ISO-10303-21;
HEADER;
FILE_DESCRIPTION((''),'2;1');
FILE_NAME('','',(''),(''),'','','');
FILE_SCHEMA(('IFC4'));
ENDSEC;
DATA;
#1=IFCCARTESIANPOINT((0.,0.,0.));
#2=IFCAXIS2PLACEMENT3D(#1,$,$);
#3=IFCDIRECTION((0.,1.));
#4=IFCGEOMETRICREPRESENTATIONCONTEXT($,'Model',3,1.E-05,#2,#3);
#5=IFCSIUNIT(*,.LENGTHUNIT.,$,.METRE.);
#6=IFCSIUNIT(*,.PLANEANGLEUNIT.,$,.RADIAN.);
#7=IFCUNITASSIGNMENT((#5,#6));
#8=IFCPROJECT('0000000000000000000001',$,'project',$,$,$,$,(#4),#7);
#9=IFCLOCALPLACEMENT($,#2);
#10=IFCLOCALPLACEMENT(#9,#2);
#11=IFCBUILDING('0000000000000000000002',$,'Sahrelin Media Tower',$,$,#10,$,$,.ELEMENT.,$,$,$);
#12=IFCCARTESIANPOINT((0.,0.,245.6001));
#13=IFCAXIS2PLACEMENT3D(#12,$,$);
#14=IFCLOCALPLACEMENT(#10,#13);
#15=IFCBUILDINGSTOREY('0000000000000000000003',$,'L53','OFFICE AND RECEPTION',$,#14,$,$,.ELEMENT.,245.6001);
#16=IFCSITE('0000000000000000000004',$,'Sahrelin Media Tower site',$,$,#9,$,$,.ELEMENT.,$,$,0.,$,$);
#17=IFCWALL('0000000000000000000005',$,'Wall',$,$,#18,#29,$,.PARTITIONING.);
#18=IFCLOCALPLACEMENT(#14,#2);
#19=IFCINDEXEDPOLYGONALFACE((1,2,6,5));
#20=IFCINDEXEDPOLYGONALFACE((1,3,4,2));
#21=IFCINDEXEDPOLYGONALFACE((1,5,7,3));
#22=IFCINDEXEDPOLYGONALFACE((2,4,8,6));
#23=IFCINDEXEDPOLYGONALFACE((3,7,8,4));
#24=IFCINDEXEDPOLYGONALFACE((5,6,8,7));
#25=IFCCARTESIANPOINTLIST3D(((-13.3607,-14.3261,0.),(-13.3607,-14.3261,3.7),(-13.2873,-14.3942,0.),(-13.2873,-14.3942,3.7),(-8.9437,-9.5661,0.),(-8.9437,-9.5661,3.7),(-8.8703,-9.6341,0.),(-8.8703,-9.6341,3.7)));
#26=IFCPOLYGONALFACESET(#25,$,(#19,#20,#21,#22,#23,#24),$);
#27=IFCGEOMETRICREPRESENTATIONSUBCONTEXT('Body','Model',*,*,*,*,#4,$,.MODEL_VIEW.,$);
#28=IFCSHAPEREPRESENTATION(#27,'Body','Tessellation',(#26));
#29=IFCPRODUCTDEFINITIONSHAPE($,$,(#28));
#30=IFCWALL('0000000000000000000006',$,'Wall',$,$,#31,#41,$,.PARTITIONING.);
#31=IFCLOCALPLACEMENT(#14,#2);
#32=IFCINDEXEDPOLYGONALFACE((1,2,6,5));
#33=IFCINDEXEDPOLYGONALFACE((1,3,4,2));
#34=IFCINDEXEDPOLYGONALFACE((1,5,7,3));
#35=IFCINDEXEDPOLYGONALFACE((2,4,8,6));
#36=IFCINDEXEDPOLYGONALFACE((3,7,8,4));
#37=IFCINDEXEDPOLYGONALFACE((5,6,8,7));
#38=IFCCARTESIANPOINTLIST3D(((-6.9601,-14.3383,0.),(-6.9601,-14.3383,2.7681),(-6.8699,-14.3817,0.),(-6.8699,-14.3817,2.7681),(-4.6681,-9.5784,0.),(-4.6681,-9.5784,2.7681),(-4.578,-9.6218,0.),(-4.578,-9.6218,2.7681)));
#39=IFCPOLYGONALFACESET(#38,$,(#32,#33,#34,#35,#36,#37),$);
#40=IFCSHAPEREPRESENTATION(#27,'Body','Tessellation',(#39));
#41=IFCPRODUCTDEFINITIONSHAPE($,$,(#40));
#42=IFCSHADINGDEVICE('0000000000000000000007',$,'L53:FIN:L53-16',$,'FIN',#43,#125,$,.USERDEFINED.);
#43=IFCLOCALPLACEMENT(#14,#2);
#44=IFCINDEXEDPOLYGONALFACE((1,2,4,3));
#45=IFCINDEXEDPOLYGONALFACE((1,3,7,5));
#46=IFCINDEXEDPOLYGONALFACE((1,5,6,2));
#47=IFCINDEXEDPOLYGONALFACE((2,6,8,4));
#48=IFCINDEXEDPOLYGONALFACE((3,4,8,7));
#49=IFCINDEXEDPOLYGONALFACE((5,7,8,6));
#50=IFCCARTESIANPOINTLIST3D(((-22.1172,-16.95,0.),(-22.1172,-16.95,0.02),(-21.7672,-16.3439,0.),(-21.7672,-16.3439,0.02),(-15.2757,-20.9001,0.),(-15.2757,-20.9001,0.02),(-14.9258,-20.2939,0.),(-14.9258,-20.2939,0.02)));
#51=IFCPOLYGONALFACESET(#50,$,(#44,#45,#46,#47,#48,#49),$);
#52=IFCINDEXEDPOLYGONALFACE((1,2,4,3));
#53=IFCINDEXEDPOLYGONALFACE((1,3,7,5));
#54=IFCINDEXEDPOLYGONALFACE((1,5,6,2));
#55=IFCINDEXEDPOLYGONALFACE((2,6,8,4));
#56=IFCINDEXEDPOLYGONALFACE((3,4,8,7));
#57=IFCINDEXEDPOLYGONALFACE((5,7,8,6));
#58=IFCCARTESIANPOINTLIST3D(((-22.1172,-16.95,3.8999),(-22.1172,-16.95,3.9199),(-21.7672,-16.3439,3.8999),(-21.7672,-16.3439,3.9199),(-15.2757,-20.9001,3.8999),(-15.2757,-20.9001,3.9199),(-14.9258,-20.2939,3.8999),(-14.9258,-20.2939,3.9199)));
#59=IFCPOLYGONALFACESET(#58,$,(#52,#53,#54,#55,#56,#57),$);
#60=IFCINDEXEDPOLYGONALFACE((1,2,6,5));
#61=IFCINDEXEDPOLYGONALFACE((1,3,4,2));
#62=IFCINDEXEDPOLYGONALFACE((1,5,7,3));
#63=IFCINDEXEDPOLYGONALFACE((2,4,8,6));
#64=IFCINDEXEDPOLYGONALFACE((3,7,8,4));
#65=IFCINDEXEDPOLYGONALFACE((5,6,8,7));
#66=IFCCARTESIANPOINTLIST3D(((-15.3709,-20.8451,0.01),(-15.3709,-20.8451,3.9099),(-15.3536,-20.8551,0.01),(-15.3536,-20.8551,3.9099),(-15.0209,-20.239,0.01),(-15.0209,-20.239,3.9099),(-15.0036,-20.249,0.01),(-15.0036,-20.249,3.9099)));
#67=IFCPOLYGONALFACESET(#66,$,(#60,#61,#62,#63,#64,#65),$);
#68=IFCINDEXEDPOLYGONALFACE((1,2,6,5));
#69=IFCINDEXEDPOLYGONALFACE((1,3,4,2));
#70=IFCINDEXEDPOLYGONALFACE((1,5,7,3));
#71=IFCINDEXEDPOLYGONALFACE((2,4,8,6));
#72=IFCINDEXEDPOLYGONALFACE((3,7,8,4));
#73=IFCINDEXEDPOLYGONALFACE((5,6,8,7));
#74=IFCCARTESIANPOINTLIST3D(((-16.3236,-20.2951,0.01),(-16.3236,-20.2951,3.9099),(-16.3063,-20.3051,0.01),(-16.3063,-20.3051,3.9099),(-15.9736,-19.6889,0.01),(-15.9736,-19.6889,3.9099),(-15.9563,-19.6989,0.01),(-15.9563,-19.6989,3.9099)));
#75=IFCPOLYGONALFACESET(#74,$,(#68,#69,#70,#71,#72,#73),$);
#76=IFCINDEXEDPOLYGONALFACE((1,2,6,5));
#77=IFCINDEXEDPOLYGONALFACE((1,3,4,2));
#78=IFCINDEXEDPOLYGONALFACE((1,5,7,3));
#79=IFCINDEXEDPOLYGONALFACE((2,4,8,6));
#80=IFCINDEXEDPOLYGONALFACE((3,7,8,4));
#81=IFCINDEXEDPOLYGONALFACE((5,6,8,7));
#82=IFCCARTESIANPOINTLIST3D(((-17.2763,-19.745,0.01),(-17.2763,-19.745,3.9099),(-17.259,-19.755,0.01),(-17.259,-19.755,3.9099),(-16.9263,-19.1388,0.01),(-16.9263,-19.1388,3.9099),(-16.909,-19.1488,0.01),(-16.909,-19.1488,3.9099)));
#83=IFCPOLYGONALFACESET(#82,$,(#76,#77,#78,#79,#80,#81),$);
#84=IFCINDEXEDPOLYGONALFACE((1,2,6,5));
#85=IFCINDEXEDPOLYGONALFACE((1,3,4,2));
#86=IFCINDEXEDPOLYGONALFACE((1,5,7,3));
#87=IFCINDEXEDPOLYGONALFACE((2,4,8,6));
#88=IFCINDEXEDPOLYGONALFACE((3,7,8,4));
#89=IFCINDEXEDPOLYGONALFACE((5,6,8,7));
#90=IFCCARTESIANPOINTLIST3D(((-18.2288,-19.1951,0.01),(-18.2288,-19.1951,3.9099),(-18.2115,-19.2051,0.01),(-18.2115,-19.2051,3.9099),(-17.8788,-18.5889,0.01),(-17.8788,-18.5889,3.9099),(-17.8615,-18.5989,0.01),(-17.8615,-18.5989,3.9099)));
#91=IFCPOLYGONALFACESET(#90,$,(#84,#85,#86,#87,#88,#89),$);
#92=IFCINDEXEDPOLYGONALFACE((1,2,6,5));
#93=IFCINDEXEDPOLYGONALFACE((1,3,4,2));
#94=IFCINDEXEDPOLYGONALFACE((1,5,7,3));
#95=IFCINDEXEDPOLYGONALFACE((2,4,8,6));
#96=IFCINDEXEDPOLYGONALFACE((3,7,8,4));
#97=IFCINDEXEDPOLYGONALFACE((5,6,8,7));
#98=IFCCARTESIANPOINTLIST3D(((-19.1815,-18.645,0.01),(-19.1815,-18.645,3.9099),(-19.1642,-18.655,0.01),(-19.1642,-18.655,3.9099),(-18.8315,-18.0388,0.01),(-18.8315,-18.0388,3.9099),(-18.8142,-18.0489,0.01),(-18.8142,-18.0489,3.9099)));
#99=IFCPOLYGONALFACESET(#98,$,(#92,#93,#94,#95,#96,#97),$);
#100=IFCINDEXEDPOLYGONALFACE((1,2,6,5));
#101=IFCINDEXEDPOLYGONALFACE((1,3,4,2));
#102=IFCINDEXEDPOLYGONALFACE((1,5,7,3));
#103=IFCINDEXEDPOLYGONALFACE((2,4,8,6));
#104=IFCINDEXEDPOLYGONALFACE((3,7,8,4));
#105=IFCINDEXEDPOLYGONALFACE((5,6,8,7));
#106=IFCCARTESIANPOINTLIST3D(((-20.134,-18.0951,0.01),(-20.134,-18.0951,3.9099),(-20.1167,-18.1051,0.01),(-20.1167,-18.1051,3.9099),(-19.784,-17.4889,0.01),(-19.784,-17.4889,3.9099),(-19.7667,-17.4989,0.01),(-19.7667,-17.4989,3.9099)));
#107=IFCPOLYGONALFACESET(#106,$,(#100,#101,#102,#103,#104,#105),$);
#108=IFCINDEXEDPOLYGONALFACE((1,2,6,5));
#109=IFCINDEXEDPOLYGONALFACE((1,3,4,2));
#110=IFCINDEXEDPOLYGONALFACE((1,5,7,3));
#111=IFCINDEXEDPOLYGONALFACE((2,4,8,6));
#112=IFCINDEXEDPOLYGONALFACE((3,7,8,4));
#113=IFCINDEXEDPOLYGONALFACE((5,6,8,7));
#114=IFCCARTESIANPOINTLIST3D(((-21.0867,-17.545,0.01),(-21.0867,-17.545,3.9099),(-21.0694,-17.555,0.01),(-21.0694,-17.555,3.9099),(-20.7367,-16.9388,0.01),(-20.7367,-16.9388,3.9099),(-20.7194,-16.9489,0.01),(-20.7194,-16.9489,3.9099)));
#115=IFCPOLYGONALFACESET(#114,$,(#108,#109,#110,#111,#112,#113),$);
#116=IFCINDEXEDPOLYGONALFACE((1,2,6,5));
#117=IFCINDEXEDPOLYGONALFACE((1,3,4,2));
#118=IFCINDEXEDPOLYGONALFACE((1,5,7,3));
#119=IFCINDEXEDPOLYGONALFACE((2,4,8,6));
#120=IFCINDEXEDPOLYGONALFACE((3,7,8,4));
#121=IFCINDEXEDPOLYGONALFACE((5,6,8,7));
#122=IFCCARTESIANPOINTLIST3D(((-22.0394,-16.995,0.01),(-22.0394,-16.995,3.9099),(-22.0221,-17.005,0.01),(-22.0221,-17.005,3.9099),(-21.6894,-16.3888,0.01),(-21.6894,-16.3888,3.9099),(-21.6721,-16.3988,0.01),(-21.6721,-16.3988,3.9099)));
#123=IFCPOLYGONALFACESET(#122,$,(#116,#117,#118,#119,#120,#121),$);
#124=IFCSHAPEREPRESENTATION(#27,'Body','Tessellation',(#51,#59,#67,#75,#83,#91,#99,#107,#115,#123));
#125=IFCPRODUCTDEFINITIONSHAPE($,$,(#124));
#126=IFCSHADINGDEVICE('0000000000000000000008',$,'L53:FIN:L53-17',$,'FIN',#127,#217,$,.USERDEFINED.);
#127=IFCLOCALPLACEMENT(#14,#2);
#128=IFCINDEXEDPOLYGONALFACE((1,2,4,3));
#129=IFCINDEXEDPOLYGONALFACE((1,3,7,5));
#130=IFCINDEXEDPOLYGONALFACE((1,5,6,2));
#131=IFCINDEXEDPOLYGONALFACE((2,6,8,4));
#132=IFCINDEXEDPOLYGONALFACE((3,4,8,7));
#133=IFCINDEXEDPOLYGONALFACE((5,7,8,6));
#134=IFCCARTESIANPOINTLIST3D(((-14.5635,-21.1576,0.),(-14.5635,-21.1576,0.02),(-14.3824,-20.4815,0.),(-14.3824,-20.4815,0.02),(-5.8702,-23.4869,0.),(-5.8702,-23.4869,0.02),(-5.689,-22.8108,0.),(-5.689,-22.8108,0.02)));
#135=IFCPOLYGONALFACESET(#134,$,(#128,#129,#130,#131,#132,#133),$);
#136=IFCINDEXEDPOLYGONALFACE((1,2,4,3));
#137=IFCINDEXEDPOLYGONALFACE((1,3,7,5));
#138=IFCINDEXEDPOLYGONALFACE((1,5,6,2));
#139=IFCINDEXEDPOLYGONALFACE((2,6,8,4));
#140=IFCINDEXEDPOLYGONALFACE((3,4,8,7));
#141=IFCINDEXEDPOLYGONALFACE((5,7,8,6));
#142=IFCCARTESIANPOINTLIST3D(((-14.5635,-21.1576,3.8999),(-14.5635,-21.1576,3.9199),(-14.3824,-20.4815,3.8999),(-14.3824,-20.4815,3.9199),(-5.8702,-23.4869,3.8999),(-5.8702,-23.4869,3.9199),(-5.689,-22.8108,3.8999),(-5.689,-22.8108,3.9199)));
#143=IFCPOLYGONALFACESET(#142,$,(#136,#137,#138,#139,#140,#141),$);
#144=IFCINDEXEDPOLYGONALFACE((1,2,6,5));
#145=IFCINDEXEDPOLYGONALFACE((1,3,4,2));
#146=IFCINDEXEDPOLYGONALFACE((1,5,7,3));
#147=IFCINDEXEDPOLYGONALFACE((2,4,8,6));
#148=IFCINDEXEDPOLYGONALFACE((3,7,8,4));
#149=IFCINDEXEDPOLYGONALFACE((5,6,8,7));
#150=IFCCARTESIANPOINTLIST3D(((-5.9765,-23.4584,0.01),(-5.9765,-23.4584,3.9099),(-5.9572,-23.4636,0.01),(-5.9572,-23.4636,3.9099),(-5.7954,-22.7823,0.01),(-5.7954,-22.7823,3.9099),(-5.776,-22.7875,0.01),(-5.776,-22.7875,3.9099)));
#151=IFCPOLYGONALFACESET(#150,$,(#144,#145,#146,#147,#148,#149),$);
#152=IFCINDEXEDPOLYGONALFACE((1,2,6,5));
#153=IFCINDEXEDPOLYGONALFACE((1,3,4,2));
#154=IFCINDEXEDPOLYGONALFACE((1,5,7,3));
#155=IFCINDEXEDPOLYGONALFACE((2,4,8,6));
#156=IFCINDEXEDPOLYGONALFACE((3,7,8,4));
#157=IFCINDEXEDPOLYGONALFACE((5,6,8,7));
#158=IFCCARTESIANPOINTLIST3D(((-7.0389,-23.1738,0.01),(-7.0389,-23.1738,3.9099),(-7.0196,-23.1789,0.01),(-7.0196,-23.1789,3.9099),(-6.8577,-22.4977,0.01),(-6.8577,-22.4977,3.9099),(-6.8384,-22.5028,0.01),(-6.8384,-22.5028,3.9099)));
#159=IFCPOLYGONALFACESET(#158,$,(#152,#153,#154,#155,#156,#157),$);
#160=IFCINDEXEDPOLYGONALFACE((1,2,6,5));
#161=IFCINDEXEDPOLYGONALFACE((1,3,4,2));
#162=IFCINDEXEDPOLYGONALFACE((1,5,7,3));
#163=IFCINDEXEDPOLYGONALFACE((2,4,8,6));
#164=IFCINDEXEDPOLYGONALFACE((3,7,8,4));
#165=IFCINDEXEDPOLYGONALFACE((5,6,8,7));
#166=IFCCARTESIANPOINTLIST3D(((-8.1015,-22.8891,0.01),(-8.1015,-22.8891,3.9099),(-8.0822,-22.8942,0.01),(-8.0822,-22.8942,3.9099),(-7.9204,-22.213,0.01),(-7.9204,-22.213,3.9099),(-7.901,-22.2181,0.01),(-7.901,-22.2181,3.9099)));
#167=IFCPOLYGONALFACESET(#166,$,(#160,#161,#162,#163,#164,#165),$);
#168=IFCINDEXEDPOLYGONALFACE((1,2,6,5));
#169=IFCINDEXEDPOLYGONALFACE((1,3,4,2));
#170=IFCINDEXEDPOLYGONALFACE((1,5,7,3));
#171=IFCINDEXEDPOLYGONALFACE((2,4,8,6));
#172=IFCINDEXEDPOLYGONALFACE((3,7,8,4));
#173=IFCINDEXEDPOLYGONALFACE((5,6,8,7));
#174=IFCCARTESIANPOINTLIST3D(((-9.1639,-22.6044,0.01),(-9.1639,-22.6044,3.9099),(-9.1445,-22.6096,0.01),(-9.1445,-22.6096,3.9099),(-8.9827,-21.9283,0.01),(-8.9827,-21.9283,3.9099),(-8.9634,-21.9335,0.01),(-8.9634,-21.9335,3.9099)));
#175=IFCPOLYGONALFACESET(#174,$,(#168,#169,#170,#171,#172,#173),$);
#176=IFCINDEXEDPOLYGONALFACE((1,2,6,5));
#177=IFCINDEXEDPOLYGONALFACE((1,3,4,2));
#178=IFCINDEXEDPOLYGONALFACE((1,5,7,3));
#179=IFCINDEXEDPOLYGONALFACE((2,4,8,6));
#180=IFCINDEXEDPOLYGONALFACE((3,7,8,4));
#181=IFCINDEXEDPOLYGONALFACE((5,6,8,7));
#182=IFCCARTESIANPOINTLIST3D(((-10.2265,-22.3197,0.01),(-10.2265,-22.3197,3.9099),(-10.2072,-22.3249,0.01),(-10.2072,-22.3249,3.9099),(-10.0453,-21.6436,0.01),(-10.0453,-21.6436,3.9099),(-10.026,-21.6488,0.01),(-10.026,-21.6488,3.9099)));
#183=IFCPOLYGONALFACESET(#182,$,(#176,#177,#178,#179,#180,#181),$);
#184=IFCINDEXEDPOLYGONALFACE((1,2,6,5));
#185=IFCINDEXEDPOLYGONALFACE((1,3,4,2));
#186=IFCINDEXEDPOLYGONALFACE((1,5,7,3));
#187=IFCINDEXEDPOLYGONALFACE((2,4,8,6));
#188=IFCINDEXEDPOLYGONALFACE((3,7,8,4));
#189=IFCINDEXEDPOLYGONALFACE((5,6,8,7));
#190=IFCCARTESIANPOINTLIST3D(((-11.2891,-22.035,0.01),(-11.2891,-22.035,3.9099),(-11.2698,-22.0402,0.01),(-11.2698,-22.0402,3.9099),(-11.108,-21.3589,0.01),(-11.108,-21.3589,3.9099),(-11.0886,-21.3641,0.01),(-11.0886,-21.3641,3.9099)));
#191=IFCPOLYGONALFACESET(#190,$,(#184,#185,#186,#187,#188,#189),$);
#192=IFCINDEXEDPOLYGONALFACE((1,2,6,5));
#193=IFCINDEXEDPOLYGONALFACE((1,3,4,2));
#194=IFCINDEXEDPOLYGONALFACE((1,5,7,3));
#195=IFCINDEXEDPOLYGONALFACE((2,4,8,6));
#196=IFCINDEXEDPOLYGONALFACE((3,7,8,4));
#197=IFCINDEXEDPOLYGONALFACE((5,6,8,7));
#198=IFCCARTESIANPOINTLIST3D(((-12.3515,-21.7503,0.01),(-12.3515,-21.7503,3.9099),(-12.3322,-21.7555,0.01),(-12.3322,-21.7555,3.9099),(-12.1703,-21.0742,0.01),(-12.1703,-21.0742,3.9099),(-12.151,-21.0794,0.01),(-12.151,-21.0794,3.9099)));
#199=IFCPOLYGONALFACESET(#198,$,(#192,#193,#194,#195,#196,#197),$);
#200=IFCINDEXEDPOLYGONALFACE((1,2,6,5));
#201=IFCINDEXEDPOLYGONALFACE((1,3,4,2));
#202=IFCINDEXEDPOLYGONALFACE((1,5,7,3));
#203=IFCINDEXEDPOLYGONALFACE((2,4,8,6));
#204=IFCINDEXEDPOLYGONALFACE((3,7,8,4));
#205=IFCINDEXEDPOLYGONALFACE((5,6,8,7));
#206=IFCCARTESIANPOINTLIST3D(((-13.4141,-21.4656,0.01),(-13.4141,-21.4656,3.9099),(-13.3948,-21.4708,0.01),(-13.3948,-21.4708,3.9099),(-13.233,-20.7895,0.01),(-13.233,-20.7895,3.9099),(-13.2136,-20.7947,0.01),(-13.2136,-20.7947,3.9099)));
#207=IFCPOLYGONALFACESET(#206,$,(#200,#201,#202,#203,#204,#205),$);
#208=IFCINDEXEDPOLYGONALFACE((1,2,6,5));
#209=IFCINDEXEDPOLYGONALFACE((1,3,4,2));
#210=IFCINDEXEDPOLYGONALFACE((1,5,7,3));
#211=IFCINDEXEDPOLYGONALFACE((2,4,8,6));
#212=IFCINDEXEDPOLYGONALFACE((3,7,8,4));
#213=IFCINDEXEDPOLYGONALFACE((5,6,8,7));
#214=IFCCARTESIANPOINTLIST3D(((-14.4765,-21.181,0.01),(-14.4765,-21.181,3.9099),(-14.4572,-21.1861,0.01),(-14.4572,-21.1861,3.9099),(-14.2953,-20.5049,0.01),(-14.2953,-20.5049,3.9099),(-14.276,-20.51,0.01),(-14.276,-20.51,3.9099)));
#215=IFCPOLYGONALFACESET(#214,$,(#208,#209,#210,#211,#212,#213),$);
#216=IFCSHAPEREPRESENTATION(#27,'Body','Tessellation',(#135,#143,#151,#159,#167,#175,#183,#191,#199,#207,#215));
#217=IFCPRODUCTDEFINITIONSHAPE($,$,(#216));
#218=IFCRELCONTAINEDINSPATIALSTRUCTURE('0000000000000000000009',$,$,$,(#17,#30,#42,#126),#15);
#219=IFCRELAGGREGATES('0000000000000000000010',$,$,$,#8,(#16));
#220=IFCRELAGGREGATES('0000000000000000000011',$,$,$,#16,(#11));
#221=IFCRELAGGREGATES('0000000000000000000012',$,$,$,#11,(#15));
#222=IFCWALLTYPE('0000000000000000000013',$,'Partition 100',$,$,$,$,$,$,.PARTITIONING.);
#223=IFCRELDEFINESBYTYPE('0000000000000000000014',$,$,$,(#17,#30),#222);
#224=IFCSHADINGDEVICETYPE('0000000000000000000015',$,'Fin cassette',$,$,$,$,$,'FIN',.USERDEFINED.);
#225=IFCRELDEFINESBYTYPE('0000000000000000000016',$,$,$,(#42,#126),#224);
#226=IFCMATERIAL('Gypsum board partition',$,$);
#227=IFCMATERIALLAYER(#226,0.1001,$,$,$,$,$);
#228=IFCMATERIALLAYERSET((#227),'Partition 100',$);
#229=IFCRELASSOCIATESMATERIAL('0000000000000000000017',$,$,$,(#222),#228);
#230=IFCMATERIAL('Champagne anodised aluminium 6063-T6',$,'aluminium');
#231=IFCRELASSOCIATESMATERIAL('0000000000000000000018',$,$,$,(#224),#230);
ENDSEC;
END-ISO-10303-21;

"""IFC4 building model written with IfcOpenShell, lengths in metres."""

from ifc_helpers import new_model, si_unit, direction, frame, frame_2d, origin, origin_2d, place, context, subcontext, project, spatial, rectangle, extrude, material, layer, layer_set, type_object, element, save


model = new_model("IFC4")

# Units and contexts
model_context = context("Model", 3, precision=1e-05, world=origin(), true_north=direction((0.0, 1.0)))
body_context = subcontext(model_context, "Body", "Model", "MODEL_VIEW")
ifc_project = project(units=[si_unit("LENGTHUNIT", "METRE"), si_unit("PLANEANGLEUNIT", "RADIAN")], contexts=[model_context])

# Site, building, storey
site_placement = place(None, origin())
site = spatial("IfcSite", under=ifc_project, at=site_placement, Name="Sahrelin Media Tower site", CompositionType="ELEMENT", RefElevation=0.0)
building_placement = place(site_placement, origin())
building = spatial("IfcBuilding", under=site, at=building_placement, Name="Sahrelin Media Tower", CompositionType="ELEMENT")
storey_placement = place(building_placement, frame((0.0, 0.0, 245.6001)))
storey = spatial("IfcBuildingStorey", under=building, at=storey_placement, Name="L53", Description="OFFICE AND RECEPTION", CompositionType="ELEMENT", Elevation=245.6001)

# Shared definitions
ifc_material_1 = material(Name="Champagne anodised aluminium 6063-T6", Category="aluminium")

# Walls
ifc_material_2 = material(Name="Gypsum board partition")
ifc_layer_1 = layer(ifc_material_2, 0.1001)
ifc_layer_set_1 = layer_set([ifc_layer_1], Name="Partition 100")
wall_type = type_object("IfcWallType", Name="Partition 100", PredefinedType="PARTITIONING", material=ifc_layer_set_1)
wall_1_placement = place(storey_placement, frame((-13.324, -14.3601, 0.0), z_axis=(0.0, 0.0, 1.0), x_axis=(0.680202, 0.733025, 0.0)))
element("IfcWall", 1, at=wall_1_placement, inside=storey, type_object=wall_type, Name="Wall", PredefinedType="PARTITIONING", context=body_context, shape_type="SweptSolid", body=[
    extrude(rectangle(XDim=6.4937, YDim=0.1001, at=frame_2d((3.2468, 0.0))), origin(), (0.0, 0.0, 1.0), 3.7),
])
wall_2_placement = place(storey_placement, frame((-6.915, -14.3601, 0.0), z_axis=(0.0, 0.0, 1.0), x_axis=(0.433836, 0.900992, 0.0)))
element("IfcWall", 2, at=wall_2_placement, inside=storey, type_object=wall_type, Name="Wall", PredefinedType="PARTITIONING", context=body_context, shape_type="SweptSolid", body=[
    extrude(rectangle(XDim=5.283, YDim=0.1001, at=frame_2d((2.6416, 0.0))), origin(), (0.0, 0.0, 1.0), 2.7681),
])

# Shading devices
shading_device_type_1 = type_object("IfcShadingDeviceType", Name="Fin cassette", ElementType="FIN", PredefinedType="USERDEFINED", material=ifc_material_1)
shading_device_1_placement = place(storey_placement, frame((-18.3115, -18.2583, 0.0), z_axis=(0.0, 0.0, 1.0), x_axis=(-0.866019, 0.500011, 0.0)))
element("IfcShadingDevice", 3, at=shading_device_1_placement, inside=storey, type_object=shading_device_type_1, Name="L53:FIN:L53-16", ObjectType="FIN", PredefinedType="USERDEFINED", context=body_context, shape_type="SweptSolid", body=[
    extrude(rectangle(XDim=7.8999, YDim=0.7, at=origin_2d()), frame((0.0, 0.4199, 0.0)), (0.0, 0.0, 1.0), 0.02),
    extrude(rectangle(XDim=7.8999, YDim=0.7, at=origin_2d()), frame((0.0, 0.4199, 3.8999)), (0.0, 0.0, 1.0), 0.02),
    extrude(rectangle(XDim=0.02, YDim=0.7, at=origin_2d()), frame((-3.8501, 0.4199, 0.01), z_axis=(0.0, 0.0, 1.0), x_axis=(1.0, 0.0, 0.0)), (0.0, 0.0, 1.0), 3.8999),
    extrude(rectangle(XDim=0.02, YDim=0.7, at=origin_2d()), frame((-2.75, 0.4199, 0.01), z_axis=(0.0, 0.0, 1.0), x_axis=(1.0, 0.0, 0.0)), (0.0, 0.0, 1.0), 3.8999),
    extrude(rectangle(XDim=0.02, YDim=0.7, at=origin_2d()), frame((-1.6499, 0.4199, 0.01), z_axis=(0.0, 0.0, 1.0), x_axis=(1.0, 0.0, 0.0)), (0.0, 0.0, 1.0), 3.8999),
    extrude(rectangle(XDim=0.02, YDim=0.7, at=origin_2d()), frame((-0.55, 0.4199, 0.01), z_axis=(0.0, 0.0, 1.0), x_axis=(1.0, 0.0, 0.0)), (0.0, 0.0, 1.0), 3.8999),
    extrude(rectangle(XDim=0.02, YDim=0.7, at=origin_2d()), frame((0.55, 0.4199, 0.01), z_axis=(0.0, 0.0, 1.0), x_axis=(1.0, 0.0, 0.0)), (0.0, 0.0, 1.0), 3.8999),
    extrude(rectangle(XDim=0.02, YDim=0.7, at=origin_2d()), frame((1.6499, 0.4199, 0.01), z_axis=(0.0, 0.0, 1.0), x_axis=(1.0, 0.0, 0.0)), (0.0, 0.0, 1.0), 3.8999),
    extrude(rectangle(XDim=0.02, YDim=0.7, at=origin_2d()), frame((2.75, 0.4199, 0.01), z_axis=(0.0, 0.0, 1.0), x_axis=(1.0, 0.0, 0.0)), (0.0, 0.0, 1.0), 3.8999),
    extrude(rectangle(XDim=0.02, YDim=0.7, at=origin_2d()), frame((3.8501, 0.4199, 0.01), z_axis=(0.0, 0.0, 1.0), x_axis=(1.0, 0.0, 0.0)), (0.0, 0.0, 1.0), 3.8999),
])
placement = place(storey_placement, frame((-10.0176, -21.5786, 0.0), z_axis=(0.0, 0.0, 1.0), x_axis=(-0.965929, 0.258808, 0.0)))
element("IfcShadingDevice", 4, at=placement, inside=storey, type_object=shading_device_type_1, Name="L53:FIN:L53-17", ObjectType="FIN", PredefinedType="USERDEFINED", context=body_context, shape_type="SweptSolid", body=[
    extrude(rectangle(XDim=9.0, YDim=0.7, at=origin_2d()), frame((0.0, 0.4199, 0.0)), (0.0, 0.0, 1.0), 0.02),
    extrude(rectangle(XDim=9.0, YDim=0.7, at=origin_2d()), frame((0.0, 0.4199, 3.8999)), (0.0, 0.0, 1.0), 0.02),
    extrude(rectangle(XDim=0.02, YDim=0.7, at=origin_2d()), frame((-4.3999, 0.4199, 0.01), z_axis=(0.0, 0.0, 1.0), x_axis=(1.0, 0.0, 0.0)), (0.0, 0.0, 1.0), 3.8999),
    extrude(rectangle(XDim=0.02, YDim=0.7, at=origin_2d()), frame((-3.3, 0.4199, 0.01), z_axis=(0.0, 0.0, 1.0), x_axis=(1.0, 0.0, 0.0)), (0.0, 0.0, 1.0), 3.8999),
    extrude(rectangle(XDim=0.02, YDim=0.7, at=origin_2d()), frame((-2.2, 0.4199, 0.01), z_axis=(0.0, 0.0, 1.0), x_axis=(1.0, 0.0, 0.0)), (0.0, 0.0, 1.0), 3.8999),
    extrude(rectangle(XDim=0.02, YDim=0.7, at=origin_2d()), frame((-1.1001, 0.4199, 0.01), z_axis=(0.0, 0.0, 1.0), x_axis=(1.0, 0.0, 0.0)), (0.0, 0.0, 1.0), 3.8999),
    extrude(rectangle(XDim=0.02, YDim=0.7, at=origin_2d()), frame((0.0, 0.4199, 0.01), z_axis=(0.0, 0.0, 1.0), x_axis=(1.0, 0.0, 0.0)), (0.0, 0.0, 1.0), 3.8999),
    extrude(rectangle(XDim=0.02, YDim=0.7, at=origin_2d()), frame((1.1001, 0.4199, 0.01), z_axis=(0.0, 0.0, 1.0), x_axis=(1.0, 0.0, 0.0)), (0.0, 0.0, 1.0), 3.8999),
    extrude(rectangle(XDim=0.02, YDim=0.7, at=origin_2d()), frame((2.2, 0.4199, 0.01), z_axis=(0.0, 0.0, 1.0), x_axis=(1.0, 0.0, 0.0)), (0.0, 0.0, 1.0), 3.8999),
    extrude(rectangle(XDim=0.02, YDim=0.7, at=origin_2d()), frame((3.3, 0.4199, 0.01), z_axis=(0.0, 0.0, 1.0), x_axis=(1.0, 0.0, 0.0)), (0.0, 0.0, 1.0), 3.8999),
    extrude(rectangle(XDim=0.02, YDim=0.7, at=origin_2d()), frame((4.3999, 0.4199, 0.01), z_axis=(0.0, 0.0, 1.0), x_axis=(1.0, 0.0, 0.0)), (0.0, 0.0, 1.0), 3.8999),
])

save(model, "model.ifc")
